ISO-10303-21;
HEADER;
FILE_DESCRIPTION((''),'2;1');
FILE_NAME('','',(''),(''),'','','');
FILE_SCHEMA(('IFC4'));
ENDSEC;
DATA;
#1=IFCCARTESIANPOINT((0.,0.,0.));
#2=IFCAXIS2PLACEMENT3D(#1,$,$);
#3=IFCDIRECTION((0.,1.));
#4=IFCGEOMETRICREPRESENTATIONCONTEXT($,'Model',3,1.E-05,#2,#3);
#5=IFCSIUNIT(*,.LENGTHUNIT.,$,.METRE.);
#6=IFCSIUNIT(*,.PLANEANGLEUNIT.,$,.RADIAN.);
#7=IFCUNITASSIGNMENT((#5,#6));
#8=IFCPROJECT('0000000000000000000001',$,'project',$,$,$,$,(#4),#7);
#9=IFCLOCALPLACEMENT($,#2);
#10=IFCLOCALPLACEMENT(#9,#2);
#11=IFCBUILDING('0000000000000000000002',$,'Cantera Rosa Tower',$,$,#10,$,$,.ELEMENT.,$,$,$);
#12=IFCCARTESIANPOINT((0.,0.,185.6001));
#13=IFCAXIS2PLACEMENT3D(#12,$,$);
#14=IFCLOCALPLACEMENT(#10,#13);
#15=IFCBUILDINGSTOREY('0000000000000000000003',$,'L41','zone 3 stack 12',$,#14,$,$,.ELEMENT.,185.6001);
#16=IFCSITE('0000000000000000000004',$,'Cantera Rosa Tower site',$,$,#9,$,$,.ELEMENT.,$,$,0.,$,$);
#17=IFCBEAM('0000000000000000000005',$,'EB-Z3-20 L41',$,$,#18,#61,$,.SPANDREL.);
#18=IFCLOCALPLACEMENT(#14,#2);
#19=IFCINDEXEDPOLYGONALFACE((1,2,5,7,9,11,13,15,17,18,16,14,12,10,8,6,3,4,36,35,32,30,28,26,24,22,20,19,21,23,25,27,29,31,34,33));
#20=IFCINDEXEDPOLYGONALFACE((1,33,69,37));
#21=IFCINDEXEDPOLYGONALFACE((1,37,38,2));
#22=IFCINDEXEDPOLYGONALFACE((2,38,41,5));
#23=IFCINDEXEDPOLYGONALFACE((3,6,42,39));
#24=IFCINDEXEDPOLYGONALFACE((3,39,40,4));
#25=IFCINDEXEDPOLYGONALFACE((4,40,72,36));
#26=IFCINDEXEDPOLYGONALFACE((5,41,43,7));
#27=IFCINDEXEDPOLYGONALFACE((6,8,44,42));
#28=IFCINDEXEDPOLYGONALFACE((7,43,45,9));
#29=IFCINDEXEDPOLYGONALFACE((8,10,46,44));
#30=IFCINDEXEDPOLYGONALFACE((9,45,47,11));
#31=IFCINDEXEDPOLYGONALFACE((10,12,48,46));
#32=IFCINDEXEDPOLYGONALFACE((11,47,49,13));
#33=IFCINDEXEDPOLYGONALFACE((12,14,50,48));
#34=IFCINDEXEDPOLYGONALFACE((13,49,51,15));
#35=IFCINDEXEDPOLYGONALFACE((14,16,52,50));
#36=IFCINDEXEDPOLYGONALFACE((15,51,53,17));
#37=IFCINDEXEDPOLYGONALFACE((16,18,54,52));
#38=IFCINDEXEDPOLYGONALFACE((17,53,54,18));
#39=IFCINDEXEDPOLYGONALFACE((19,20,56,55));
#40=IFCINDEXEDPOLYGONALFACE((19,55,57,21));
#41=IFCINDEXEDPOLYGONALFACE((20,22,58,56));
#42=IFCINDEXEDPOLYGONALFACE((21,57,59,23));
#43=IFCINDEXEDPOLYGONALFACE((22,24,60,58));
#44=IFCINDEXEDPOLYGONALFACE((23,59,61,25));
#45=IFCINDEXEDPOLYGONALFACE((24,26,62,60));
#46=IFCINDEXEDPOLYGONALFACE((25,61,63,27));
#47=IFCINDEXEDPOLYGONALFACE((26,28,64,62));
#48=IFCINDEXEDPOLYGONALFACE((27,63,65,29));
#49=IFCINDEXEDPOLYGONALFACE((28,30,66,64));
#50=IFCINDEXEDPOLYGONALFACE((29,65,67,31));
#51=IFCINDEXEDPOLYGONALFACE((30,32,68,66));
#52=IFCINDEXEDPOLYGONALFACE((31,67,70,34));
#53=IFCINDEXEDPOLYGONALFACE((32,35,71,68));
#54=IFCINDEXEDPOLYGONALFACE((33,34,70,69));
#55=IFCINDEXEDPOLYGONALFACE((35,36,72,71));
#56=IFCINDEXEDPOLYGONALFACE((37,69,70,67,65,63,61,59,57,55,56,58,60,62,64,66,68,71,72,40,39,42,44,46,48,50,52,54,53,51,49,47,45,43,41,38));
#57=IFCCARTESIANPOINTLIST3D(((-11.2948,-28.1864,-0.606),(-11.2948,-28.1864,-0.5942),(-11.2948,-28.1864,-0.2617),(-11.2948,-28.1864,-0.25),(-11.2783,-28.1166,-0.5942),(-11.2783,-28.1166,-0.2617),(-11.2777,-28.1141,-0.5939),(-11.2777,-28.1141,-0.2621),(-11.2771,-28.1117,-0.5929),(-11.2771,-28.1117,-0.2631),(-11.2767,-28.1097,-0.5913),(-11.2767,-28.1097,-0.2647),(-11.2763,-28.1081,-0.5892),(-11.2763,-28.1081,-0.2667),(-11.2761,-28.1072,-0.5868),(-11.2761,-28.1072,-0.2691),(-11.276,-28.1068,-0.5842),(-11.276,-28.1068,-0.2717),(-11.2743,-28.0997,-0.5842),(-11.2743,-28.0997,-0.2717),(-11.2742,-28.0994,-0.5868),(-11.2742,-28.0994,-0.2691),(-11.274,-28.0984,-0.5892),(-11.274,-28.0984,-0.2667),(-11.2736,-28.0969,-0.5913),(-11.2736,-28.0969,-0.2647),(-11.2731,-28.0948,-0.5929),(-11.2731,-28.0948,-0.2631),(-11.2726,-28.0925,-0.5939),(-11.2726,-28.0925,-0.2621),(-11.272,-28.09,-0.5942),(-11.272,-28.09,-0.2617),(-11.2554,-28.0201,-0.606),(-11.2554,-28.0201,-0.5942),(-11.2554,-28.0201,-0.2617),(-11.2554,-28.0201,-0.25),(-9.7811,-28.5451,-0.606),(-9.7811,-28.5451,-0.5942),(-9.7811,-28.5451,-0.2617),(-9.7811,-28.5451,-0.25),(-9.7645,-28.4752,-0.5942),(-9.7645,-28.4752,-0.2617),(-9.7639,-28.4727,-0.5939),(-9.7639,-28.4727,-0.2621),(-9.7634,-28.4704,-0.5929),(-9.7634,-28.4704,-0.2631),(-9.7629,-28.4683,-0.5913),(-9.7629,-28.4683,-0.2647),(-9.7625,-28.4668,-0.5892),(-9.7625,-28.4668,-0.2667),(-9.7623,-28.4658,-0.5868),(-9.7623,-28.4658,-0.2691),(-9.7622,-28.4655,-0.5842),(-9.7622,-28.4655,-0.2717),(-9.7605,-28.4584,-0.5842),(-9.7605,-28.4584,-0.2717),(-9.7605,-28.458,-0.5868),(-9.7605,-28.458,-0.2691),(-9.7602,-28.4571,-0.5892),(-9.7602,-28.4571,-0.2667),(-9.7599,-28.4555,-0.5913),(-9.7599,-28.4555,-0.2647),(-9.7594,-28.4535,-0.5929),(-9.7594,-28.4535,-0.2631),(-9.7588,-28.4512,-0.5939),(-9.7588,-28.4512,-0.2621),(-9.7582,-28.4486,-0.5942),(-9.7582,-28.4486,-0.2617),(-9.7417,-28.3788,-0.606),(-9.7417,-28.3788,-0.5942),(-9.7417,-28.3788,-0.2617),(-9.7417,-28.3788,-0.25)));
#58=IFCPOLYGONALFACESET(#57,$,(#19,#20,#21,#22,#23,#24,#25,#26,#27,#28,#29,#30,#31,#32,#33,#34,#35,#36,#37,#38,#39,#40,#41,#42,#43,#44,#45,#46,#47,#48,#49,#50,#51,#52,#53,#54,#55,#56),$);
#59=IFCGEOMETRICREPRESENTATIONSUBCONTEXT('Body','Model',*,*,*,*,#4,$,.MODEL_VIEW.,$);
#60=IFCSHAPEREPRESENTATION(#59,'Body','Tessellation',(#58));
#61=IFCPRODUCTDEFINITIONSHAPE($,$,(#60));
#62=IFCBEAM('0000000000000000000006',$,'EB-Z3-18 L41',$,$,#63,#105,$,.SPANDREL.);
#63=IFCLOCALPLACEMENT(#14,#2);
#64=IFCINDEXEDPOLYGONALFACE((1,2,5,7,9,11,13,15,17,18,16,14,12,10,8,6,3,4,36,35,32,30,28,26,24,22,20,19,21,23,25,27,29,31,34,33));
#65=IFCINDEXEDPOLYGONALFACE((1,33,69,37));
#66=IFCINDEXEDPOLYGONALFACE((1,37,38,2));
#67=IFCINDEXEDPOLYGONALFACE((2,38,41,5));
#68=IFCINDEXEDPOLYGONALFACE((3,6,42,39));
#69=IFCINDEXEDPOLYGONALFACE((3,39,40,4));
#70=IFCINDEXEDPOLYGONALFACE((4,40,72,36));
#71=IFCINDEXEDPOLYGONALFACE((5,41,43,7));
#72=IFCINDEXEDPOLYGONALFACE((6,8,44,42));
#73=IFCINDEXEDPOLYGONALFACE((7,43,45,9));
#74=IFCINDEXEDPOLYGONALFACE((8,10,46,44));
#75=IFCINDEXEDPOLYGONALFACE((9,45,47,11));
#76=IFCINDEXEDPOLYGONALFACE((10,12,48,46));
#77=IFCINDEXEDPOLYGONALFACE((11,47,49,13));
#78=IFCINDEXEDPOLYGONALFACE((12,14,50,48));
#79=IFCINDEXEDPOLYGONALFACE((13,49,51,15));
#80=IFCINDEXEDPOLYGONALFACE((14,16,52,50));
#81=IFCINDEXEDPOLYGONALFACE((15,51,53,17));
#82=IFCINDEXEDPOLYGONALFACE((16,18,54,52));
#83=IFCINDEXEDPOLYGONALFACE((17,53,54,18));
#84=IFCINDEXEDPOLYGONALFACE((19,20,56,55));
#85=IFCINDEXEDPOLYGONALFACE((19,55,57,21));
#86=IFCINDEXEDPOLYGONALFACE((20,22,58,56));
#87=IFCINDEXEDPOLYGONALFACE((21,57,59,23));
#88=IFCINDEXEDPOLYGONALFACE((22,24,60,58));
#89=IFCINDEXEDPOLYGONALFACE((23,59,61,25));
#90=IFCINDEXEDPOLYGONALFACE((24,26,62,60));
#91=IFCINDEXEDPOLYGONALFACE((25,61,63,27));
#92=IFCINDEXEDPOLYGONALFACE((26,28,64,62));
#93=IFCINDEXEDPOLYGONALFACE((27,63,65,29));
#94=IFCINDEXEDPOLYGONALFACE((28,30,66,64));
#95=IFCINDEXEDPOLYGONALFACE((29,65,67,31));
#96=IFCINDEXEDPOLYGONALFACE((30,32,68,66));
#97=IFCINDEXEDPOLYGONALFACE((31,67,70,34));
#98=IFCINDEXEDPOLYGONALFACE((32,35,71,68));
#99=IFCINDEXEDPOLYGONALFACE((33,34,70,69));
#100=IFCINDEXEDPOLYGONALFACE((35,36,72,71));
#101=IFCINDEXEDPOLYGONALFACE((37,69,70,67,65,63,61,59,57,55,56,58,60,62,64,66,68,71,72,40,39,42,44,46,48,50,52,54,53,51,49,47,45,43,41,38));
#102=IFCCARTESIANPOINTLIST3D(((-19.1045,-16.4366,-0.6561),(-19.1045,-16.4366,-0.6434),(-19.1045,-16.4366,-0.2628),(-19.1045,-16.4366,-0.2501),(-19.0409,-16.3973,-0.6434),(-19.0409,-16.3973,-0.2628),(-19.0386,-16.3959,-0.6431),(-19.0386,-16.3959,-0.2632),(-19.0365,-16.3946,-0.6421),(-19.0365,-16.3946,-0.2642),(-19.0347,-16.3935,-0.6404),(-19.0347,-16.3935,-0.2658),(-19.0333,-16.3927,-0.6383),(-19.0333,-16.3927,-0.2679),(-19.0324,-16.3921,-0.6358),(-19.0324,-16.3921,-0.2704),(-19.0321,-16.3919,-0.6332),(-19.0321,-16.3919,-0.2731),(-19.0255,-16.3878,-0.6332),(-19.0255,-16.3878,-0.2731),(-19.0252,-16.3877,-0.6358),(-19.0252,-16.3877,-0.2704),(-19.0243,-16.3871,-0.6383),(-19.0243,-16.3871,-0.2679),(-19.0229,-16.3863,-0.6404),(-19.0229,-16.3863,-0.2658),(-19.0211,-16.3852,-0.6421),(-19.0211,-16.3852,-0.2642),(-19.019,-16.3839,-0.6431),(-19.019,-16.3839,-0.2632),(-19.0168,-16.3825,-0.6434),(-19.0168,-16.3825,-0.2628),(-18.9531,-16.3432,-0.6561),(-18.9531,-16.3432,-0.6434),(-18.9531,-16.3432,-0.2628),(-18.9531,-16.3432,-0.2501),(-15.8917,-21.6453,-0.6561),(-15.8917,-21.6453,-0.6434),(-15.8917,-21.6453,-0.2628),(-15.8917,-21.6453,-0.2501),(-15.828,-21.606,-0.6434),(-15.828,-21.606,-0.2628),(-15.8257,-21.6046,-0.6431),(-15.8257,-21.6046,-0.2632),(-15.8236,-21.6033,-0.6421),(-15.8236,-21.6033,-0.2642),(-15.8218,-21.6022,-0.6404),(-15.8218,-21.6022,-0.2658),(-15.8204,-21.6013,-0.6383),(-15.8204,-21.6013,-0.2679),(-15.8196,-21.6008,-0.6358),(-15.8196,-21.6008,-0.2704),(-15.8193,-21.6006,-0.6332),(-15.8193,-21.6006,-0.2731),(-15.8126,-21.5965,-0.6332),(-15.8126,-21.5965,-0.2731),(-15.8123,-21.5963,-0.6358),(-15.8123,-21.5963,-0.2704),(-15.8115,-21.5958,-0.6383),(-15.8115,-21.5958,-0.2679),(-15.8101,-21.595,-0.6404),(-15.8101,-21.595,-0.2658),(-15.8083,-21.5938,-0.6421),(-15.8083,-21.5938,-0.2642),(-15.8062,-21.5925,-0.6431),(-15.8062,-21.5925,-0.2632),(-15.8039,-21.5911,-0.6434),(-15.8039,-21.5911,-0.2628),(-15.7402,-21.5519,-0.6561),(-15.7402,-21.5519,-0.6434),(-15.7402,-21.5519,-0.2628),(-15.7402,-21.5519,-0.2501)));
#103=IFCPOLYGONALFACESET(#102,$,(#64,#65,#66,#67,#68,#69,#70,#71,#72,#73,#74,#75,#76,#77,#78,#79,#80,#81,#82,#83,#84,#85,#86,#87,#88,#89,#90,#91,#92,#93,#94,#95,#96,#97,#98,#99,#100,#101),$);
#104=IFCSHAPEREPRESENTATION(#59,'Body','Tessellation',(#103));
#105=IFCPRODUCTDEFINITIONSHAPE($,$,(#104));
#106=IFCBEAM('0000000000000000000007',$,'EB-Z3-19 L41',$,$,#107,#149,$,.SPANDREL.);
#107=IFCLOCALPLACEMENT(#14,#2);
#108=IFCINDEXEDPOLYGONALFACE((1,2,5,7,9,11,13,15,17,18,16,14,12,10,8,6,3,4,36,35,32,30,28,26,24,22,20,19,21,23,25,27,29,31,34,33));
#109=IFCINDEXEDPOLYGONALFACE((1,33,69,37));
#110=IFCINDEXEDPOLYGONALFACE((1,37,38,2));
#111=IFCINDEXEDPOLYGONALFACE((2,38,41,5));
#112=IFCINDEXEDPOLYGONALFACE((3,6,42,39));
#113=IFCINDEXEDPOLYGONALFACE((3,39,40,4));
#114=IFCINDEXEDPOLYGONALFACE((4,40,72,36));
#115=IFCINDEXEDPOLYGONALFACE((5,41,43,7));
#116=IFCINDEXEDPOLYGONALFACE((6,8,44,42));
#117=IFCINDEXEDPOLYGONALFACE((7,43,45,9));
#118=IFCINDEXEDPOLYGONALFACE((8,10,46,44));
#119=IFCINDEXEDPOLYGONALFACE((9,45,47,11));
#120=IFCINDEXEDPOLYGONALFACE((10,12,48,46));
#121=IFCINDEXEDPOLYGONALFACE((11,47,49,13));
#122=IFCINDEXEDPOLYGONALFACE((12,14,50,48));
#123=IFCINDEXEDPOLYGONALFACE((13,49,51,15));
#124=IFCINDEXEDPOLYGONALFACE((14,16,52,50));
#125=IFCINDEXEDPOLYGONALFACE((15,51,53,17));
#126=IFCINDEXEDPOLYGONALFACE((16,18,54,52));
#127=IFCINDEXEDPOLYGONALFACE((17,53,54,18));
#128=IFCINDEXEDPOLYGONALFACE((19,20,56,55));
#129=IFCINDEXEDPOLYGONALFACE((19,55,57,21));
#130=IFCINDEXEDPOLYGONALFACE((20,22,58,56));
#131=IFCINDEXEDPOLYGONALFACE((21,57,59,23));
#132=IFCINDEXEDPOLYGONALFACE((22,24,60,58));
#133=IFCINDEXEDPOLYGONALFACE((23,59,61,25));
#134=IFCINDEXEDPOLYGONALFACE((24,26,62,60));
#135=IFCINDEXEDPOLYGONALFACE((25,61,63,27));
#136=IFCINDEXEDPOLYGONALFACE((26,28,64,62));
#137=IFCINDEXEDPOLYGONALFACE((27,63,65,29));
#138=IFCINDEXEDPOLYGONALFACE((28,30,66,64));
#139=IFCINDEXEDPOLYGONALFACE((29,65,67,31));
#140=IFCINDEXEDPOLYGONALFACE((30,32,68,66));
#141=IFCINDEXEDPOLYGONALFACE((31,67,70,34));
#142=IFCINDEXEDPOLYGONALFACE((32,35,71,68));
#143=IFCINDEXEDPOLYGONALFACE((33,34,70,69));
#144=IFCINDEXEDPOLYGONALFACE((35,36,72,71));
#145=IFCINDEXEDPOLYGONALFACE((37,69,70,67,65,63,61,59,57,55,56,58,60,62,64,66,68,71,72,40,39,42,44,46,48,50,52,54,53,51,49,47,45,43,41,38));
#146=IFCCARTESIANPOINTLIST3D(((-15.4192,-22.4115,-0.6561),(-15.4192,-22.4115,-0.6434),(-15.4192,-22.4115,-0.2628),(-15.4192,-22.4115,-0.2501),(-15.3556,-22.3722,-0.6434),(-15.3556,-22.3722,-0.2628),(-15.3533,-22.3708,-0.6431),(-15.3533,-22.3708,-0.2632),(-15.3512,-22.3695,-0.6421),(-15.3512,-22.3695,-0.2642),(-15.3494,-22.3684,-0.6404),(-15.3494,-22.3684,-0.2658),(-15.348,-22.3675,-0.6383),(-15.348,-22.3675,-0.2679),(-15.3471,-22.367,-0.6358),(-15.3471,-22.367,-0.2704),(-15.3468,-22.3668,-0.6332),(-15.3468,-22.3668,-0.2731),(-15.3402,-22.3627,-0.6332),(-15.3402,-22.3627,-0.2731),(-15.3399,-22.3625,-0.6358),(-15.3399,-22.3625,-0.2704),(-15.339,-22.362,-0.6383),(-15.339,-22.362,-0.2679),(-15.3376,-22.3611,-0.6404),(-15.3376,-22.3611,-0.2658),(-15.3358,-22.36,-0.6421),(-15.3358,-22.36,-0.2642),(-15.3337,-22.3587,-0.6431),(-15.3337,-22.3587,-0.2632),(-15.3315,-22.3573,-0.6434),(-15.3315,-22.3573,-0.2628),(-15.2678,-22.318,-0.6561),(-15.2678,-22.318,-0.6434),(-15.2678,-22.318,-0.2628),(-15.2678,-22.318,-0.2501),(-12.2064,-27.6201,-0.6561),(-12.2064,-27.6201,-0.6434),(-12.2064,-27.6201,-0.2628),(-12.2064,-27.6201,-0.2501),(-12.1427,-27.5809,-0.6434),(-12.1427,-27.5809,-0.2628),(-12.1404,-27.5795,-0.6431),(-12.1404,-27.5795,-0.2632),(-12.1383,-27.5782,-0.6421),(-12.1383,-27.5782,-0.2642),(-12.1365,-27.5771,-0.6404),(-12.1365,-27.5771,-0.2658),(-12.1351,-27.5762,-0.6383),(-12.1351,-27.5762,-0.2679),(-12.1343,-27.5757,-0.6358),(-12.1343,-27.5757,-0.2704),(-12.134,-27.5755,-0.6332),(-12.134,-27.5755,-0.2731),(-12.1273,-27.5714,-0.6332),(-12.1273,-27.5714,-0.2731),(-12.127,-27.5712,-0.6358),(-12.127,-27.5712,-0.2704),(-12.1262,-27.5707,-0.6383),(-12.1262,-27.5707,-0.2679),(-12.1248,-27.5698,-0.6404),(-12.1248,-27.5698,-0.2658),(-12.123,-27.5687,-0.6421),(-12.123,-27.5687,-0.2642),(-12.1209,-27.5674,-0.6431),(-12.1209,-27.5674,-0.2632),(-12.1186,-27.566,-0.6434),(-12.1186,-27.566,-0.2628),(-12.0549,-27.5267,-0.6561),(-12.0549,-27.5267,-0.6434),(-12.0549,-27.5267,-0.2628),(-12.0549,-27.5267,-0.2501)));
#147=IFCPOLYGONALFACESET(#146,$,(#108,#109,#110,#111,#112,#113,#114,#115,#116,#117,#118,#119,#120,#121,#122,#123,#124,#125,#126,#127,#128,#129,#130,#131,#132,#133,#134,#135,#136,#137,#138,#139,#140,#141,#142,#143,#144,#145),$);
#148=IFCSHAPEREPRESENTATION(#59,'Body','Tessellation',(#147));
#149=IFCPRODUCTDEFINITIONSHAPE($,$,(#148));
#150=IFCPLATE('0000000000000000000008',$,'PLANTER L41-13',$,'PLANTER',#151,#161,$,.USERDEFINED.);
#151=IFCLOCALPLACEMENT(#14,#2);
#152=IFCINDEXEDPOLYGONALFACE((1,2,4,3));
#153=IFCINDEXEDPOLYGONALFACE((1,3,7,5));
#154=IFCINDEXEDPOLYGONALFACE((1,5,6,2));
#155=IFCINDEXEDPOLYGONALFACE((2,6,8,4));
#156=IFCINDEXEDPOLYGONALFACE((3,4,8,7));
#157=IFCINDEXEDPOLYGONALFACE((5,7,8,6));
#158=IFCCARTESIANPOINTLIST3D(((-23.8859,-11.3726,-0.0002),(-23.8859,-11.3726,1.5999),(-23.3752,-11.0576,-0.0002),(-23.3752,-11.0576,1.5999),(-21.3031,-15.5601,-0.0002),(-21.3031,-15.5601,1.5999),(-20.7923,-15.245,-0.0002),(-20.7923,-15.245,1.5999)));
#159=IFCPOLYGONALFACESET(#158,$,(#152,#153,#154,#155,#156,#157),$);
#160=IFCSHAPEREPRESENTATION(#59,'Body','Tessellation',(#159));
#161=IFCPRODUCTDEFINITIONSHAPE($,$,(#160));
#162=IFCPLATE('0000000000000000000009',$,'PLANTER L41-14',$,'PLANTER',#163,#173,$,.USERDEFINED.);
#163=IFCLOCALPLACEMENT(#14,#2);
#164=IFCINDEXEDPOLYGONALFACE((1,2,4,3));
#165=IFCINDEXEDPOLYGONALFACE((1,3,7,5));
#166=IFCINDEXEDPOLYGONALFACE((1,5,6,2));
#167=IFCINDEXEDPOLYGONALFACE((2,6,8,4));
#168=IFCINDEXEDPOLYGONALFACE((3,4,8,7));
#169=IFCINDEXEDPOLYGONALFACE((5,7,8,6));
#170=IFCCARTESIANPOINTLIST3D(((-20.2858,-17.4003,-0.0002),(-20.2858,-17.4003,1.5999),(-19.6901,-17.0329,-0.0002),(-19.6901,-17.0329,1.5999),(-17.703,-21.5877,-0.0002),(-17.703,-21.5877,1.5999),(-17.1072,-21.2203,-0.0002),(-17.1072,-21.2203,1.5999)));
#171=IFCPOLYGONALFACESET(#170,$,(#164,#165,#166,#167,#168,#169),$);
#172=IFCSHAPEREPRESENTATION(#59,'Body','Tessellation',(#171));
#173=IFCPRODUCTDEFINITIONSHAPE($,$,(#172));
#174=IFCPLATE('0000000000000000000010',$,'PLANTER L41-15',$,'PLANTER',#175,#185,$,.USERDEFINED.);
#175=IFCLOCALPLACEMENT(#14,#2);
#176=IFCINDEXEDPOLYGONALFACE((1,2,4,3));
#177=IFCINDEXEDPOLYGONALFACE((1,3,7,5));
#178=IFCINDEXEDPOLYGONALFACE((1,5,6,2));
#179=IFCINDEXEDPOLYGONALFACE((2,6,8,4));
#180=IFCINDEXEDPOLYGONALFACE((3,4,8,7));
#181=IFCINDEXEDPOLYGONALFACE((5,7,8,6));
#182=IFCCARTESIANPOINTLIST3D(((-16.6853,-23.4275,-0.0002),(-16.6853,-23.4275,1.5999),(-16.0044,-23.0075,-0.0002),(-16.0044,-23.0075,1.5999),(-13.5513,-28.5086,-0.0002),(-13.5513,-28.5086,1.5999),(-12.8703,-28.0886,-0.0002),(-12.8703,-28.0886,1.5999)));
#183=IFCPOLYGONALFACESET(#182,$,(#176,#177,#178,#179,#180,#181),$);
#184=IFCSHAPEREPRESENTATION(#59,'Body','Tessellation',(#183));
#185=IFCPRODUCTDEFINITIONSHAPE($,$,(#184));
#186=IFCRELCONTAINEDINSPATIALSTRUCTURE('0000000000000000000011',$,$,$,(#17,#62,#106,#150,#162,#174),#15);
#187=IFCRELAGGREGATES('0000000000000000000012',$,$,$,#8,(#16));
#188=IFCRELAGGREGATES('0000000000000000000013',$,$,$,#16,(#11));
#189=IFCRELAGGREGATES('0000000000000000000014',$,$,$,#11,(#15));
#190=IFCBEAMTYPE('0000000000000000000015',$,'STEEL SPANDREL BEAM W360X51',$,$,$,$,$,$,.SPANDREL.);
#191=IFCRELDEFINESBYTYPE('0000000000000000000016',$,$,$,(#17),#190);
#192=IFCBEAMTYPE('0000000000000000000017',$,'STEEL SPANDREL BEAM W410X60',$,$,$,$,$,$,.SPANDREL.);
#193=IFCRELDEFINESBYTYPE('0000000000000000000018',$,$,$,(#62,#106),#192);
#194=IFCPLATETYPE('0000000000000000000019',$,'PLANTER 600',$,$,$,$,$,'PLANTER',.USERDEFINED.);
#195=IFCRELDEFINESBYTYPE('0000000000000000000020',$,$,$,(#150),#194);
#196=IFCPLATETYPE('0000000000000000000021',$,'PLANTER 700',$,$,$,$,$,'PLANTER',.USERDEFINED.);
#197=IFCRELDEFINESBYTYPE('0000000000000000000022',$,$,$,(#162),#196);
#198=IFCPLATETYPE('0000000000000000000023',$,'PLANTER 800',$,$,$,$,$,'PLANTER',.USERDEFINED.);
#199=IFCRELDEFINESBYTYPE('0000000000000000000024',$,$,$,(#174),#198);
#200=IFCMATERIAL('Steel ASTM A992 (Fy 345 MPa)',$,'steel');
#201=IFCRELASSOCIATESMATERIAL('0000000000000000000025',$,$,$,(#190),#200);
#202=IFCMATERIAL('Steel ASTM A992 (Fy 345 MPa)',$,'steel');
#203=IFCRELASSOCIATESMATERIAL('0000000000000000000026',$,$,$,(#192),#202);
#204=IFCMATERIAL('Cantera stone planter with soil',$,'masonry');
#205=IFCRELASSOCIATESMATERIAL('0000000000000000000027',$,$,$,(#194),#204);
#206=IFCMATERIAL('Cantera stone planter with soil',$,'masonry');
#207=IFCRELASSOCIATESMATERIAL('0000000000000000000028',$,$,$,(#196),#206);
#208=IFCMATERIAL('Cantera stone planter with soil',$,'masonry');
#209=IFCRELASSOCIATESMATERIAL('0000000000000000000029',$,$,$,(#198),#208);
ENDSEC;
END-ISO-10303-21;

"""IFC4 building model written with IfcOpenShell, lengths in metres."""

from ifc_helpers import new_model, si_unit, direction, frame, origin, origin_2d, place, context, subcontext, project, spatial, rectangle, i_section, extrude, material, material_profile, profile_set, type_object, element, save


model = new_model("IFC4")

# Units and contexts
model_context = context("Model", 3, precision=1e-05, world=origin(), true_north=direction((0.0, 1.0)))
body_context = subcontext(model_context, "Body", "Model", "MODEL_VIEW")
ifc_project = project(units=[si_unit("LENGTHUNIT", "METRE"), si_unit("PLANEANGLEUNIT", "RADIAN")], contexts=[model_context])

# Site, building, storey
site_placement = place(None, origin())
site = spatial("IfcSite", under=ifc_project, at=site_placement, Name="Cantera Rosa Tower site", CompositionType="ELEMENT", RefElevation=0.0)
building_placement = place(site_placement, origin())
building = spatial("IfcBuilding", under=site, at=building_placement, Name="Cantera Rosa Tower", CompositionType="ELEMENT")
storey_placement = place(building_placement, frame((0.0, 0.0, 185.6001)))
storey = spatial("IfcBuildingStorey", under=building, at=storey_placement, Name="L41", Description="zone 3 stack 12", CompositionType="ELEMENT", Elevation=185.6001)

# Beams
ifc_material_1 = material(Name="Steel ASTM A992 (Fy 345 MPa)", Category="steel")
ifc_material_profile_1 = material_profile(ifc_material_1, i_section(OverallWidth=0.1709, OverallDepth=0.356, WebThickness=0.0073, FlangeThickness=0.0117, FilletRadius=0.01, at=origin_2d()), Name="W360X51")
ifc_profile_set_1 = profile_set([ifc_material_profile_1], Name="Steel ASTM A992 (Fy 345 MPa)")
beam_type_1 = type_object("IfcBeamType", Name="STEEL SPANDREL BEAM W360X51", PredefinedType="SPANDREL", material=ifc_profile_set_1)
beam_1_placement = place(storey_placement, frame((-11.2751, -28.1033, -0.428), z_axis=(0.97306, -0.230552, 0.0), x_axis=(0.230552, 0.97306, 0.0)))
element("IfcBeam", 1, at=beam_1_placement, inside=storey, type_object=beam_type_1, Name="EB-Z3-20 L41", PredefinedType="SPANDREL", context=body_context, shape_type="SweptSolid", body=[
    extrude(i_section(OverallWidth=0.1709, OverallDepth=0.356, WebThickness=0.0073, FlangeThickness=0.0117, FilletRadius=0.01, at=origin_2d()), origin(), (0.0, 0.0, 1.0), 1.5557),
])
ifc_material_2 = material(Name="Steel ASTM A992 (Fy 345 MPa)", Category="steel")
ifc_material_profile_2 = material_profile(ifc_material_2, i_section(OverallWidth=0.178, OverallDepth=0.406, WebThickness=0.0078, FlangeThickness=0.0127, FilletRadius=0.0103, at=origin_2d()), Name="W410X60")
ifc_profile_set_2 = profile_set([ifc_material_profile_2], Name="Steel ASTM A992 (Fy 345 MPa)")
beam_type_2 = type_object("IfcBeamType", Name="STEEL SPANDREL BEAM W410X60", PredefinedType="SPANDREL", material=ifc_profile_set_2)
for number, where, z_axis, x_axis, name in (
    (2, (-19.0288, -16.3899, -0.4531), (0.524987, -0.85111, 0.0), (0.85111, 0.524987, 0.0), "EB-Z3-18 L41"),
    (3, (-15.3435, -22.3647, -0.4531), (0.524987, -0.85111, 0.0), (0.85111, 0.524987, 0.0), "EB-Z3-19 L41"),
):
    element("IfcBeam", number, at=place(storey_placement, frame(where, z_axis=z_axis, x_axis=x_axis)), inside=storey, type_object=beam_type_2, Name=name, PredefinedType="SPANDREL", context=body_context, shape_type="SweptSolid", body=[
        extrude(i_section(OverallWidth=0.178, OverallDepth=0.406, WebThickness=0.0078, FlangeThickness=0.0127, FilletRadius=0.0103, at=origin_2d()), origin(), (0.0, 0.0, 1.0), 6.1199),
    ])

# Plates
ifc_material_3 = material(Name="Cantera stone planter with soil", Category="masonry")
plate_type_1 = type_object("IfcPlateType", Name="PLANTER 600", ElementType="PLANTER", PredefinedType="USERDEFINED", material=ifc_material_3)
plate_1_placement = place(storey_placement, frame((-22.3391, -13.3088, -0.0002), z_axis=(0.0, 0.0, 1.0), x_axis=(0.524977, -0.851117, 0.0)))
element("IfcPlate", 4, at=plate_1_placement, inside=storey, type_object=plate_type_1, Name="PLANTER L41-13", ObjectType="PLANTER", PredefinedType="USERDEFINED", context=body_context, shape_type="SweptSolid", body=[
    extrude(rectangle(XDim=4.9199, YDim=0.6001, at=origin_2d()), origin(), (0.0, 0.0, 1.0), 1.6001),
])
ifc_material_4 = material(Name="Cantera stone planter with soil", Category="masonry")
plate_type_2 = type_object("IfcPlateType", Name="PLANTER 700", ElementType="PLANTER", PredefinedType="USERDEFINED", material=ifc_material_4)
plate_2_placement = place(storey_placement, frame((-18.6965, -19.3103, -0.0002), z_axis=(0.0, 0.0, 1.0), x_axis=(0.524977, -0.851117, 0.0)))
element("IfcPlate", 5, at=plate_2_placement, inside=storey, type_object=plate_type_2, Name="PLANTER L41-14", ObjectType="PLANTER", PredefinedType="USERDEFINED", context=body_context, shape_type="SweptSolid", body=[
    extrude(rectangle(XDim=4.9199, YDim=0.7, at=origin_2d()), origin(), (0.0, 0.0, 1.0), 1.6001),
])
ifc_material_5 = material(Name="Cantera stone planter with soil", Category="masonry")
plate_type_3 = type_object("IfcPlateType", Name="PLANTER 800", ElementType="PLANTER", PredefinedType="USERDEFINED", material=ifc_material_5)
plate_3_placement = place(storey_placement, frame((-14.7778, -25.7581, -0.0002), z_axis=(0.0, 0.0, 1.0), x_axis=(0.524977, -0.851117, 0.0)))
element("IfcPlate", 6, at=plate_3_placement, inside=storey, type_object=plate_type_3, Name="PLANTER L41-15", ObjectType="PLANTER", PredefinedType="USERDEFINED", context=body_context, shape_type="SweptSolid", body=[
    extrude(rectangle(XDim=5.97, YDim=0.8, at=origin_2d()), origin(), (0.0, 0.0, 1.0), 1.6001),
])

save(model, "model.ifc")
